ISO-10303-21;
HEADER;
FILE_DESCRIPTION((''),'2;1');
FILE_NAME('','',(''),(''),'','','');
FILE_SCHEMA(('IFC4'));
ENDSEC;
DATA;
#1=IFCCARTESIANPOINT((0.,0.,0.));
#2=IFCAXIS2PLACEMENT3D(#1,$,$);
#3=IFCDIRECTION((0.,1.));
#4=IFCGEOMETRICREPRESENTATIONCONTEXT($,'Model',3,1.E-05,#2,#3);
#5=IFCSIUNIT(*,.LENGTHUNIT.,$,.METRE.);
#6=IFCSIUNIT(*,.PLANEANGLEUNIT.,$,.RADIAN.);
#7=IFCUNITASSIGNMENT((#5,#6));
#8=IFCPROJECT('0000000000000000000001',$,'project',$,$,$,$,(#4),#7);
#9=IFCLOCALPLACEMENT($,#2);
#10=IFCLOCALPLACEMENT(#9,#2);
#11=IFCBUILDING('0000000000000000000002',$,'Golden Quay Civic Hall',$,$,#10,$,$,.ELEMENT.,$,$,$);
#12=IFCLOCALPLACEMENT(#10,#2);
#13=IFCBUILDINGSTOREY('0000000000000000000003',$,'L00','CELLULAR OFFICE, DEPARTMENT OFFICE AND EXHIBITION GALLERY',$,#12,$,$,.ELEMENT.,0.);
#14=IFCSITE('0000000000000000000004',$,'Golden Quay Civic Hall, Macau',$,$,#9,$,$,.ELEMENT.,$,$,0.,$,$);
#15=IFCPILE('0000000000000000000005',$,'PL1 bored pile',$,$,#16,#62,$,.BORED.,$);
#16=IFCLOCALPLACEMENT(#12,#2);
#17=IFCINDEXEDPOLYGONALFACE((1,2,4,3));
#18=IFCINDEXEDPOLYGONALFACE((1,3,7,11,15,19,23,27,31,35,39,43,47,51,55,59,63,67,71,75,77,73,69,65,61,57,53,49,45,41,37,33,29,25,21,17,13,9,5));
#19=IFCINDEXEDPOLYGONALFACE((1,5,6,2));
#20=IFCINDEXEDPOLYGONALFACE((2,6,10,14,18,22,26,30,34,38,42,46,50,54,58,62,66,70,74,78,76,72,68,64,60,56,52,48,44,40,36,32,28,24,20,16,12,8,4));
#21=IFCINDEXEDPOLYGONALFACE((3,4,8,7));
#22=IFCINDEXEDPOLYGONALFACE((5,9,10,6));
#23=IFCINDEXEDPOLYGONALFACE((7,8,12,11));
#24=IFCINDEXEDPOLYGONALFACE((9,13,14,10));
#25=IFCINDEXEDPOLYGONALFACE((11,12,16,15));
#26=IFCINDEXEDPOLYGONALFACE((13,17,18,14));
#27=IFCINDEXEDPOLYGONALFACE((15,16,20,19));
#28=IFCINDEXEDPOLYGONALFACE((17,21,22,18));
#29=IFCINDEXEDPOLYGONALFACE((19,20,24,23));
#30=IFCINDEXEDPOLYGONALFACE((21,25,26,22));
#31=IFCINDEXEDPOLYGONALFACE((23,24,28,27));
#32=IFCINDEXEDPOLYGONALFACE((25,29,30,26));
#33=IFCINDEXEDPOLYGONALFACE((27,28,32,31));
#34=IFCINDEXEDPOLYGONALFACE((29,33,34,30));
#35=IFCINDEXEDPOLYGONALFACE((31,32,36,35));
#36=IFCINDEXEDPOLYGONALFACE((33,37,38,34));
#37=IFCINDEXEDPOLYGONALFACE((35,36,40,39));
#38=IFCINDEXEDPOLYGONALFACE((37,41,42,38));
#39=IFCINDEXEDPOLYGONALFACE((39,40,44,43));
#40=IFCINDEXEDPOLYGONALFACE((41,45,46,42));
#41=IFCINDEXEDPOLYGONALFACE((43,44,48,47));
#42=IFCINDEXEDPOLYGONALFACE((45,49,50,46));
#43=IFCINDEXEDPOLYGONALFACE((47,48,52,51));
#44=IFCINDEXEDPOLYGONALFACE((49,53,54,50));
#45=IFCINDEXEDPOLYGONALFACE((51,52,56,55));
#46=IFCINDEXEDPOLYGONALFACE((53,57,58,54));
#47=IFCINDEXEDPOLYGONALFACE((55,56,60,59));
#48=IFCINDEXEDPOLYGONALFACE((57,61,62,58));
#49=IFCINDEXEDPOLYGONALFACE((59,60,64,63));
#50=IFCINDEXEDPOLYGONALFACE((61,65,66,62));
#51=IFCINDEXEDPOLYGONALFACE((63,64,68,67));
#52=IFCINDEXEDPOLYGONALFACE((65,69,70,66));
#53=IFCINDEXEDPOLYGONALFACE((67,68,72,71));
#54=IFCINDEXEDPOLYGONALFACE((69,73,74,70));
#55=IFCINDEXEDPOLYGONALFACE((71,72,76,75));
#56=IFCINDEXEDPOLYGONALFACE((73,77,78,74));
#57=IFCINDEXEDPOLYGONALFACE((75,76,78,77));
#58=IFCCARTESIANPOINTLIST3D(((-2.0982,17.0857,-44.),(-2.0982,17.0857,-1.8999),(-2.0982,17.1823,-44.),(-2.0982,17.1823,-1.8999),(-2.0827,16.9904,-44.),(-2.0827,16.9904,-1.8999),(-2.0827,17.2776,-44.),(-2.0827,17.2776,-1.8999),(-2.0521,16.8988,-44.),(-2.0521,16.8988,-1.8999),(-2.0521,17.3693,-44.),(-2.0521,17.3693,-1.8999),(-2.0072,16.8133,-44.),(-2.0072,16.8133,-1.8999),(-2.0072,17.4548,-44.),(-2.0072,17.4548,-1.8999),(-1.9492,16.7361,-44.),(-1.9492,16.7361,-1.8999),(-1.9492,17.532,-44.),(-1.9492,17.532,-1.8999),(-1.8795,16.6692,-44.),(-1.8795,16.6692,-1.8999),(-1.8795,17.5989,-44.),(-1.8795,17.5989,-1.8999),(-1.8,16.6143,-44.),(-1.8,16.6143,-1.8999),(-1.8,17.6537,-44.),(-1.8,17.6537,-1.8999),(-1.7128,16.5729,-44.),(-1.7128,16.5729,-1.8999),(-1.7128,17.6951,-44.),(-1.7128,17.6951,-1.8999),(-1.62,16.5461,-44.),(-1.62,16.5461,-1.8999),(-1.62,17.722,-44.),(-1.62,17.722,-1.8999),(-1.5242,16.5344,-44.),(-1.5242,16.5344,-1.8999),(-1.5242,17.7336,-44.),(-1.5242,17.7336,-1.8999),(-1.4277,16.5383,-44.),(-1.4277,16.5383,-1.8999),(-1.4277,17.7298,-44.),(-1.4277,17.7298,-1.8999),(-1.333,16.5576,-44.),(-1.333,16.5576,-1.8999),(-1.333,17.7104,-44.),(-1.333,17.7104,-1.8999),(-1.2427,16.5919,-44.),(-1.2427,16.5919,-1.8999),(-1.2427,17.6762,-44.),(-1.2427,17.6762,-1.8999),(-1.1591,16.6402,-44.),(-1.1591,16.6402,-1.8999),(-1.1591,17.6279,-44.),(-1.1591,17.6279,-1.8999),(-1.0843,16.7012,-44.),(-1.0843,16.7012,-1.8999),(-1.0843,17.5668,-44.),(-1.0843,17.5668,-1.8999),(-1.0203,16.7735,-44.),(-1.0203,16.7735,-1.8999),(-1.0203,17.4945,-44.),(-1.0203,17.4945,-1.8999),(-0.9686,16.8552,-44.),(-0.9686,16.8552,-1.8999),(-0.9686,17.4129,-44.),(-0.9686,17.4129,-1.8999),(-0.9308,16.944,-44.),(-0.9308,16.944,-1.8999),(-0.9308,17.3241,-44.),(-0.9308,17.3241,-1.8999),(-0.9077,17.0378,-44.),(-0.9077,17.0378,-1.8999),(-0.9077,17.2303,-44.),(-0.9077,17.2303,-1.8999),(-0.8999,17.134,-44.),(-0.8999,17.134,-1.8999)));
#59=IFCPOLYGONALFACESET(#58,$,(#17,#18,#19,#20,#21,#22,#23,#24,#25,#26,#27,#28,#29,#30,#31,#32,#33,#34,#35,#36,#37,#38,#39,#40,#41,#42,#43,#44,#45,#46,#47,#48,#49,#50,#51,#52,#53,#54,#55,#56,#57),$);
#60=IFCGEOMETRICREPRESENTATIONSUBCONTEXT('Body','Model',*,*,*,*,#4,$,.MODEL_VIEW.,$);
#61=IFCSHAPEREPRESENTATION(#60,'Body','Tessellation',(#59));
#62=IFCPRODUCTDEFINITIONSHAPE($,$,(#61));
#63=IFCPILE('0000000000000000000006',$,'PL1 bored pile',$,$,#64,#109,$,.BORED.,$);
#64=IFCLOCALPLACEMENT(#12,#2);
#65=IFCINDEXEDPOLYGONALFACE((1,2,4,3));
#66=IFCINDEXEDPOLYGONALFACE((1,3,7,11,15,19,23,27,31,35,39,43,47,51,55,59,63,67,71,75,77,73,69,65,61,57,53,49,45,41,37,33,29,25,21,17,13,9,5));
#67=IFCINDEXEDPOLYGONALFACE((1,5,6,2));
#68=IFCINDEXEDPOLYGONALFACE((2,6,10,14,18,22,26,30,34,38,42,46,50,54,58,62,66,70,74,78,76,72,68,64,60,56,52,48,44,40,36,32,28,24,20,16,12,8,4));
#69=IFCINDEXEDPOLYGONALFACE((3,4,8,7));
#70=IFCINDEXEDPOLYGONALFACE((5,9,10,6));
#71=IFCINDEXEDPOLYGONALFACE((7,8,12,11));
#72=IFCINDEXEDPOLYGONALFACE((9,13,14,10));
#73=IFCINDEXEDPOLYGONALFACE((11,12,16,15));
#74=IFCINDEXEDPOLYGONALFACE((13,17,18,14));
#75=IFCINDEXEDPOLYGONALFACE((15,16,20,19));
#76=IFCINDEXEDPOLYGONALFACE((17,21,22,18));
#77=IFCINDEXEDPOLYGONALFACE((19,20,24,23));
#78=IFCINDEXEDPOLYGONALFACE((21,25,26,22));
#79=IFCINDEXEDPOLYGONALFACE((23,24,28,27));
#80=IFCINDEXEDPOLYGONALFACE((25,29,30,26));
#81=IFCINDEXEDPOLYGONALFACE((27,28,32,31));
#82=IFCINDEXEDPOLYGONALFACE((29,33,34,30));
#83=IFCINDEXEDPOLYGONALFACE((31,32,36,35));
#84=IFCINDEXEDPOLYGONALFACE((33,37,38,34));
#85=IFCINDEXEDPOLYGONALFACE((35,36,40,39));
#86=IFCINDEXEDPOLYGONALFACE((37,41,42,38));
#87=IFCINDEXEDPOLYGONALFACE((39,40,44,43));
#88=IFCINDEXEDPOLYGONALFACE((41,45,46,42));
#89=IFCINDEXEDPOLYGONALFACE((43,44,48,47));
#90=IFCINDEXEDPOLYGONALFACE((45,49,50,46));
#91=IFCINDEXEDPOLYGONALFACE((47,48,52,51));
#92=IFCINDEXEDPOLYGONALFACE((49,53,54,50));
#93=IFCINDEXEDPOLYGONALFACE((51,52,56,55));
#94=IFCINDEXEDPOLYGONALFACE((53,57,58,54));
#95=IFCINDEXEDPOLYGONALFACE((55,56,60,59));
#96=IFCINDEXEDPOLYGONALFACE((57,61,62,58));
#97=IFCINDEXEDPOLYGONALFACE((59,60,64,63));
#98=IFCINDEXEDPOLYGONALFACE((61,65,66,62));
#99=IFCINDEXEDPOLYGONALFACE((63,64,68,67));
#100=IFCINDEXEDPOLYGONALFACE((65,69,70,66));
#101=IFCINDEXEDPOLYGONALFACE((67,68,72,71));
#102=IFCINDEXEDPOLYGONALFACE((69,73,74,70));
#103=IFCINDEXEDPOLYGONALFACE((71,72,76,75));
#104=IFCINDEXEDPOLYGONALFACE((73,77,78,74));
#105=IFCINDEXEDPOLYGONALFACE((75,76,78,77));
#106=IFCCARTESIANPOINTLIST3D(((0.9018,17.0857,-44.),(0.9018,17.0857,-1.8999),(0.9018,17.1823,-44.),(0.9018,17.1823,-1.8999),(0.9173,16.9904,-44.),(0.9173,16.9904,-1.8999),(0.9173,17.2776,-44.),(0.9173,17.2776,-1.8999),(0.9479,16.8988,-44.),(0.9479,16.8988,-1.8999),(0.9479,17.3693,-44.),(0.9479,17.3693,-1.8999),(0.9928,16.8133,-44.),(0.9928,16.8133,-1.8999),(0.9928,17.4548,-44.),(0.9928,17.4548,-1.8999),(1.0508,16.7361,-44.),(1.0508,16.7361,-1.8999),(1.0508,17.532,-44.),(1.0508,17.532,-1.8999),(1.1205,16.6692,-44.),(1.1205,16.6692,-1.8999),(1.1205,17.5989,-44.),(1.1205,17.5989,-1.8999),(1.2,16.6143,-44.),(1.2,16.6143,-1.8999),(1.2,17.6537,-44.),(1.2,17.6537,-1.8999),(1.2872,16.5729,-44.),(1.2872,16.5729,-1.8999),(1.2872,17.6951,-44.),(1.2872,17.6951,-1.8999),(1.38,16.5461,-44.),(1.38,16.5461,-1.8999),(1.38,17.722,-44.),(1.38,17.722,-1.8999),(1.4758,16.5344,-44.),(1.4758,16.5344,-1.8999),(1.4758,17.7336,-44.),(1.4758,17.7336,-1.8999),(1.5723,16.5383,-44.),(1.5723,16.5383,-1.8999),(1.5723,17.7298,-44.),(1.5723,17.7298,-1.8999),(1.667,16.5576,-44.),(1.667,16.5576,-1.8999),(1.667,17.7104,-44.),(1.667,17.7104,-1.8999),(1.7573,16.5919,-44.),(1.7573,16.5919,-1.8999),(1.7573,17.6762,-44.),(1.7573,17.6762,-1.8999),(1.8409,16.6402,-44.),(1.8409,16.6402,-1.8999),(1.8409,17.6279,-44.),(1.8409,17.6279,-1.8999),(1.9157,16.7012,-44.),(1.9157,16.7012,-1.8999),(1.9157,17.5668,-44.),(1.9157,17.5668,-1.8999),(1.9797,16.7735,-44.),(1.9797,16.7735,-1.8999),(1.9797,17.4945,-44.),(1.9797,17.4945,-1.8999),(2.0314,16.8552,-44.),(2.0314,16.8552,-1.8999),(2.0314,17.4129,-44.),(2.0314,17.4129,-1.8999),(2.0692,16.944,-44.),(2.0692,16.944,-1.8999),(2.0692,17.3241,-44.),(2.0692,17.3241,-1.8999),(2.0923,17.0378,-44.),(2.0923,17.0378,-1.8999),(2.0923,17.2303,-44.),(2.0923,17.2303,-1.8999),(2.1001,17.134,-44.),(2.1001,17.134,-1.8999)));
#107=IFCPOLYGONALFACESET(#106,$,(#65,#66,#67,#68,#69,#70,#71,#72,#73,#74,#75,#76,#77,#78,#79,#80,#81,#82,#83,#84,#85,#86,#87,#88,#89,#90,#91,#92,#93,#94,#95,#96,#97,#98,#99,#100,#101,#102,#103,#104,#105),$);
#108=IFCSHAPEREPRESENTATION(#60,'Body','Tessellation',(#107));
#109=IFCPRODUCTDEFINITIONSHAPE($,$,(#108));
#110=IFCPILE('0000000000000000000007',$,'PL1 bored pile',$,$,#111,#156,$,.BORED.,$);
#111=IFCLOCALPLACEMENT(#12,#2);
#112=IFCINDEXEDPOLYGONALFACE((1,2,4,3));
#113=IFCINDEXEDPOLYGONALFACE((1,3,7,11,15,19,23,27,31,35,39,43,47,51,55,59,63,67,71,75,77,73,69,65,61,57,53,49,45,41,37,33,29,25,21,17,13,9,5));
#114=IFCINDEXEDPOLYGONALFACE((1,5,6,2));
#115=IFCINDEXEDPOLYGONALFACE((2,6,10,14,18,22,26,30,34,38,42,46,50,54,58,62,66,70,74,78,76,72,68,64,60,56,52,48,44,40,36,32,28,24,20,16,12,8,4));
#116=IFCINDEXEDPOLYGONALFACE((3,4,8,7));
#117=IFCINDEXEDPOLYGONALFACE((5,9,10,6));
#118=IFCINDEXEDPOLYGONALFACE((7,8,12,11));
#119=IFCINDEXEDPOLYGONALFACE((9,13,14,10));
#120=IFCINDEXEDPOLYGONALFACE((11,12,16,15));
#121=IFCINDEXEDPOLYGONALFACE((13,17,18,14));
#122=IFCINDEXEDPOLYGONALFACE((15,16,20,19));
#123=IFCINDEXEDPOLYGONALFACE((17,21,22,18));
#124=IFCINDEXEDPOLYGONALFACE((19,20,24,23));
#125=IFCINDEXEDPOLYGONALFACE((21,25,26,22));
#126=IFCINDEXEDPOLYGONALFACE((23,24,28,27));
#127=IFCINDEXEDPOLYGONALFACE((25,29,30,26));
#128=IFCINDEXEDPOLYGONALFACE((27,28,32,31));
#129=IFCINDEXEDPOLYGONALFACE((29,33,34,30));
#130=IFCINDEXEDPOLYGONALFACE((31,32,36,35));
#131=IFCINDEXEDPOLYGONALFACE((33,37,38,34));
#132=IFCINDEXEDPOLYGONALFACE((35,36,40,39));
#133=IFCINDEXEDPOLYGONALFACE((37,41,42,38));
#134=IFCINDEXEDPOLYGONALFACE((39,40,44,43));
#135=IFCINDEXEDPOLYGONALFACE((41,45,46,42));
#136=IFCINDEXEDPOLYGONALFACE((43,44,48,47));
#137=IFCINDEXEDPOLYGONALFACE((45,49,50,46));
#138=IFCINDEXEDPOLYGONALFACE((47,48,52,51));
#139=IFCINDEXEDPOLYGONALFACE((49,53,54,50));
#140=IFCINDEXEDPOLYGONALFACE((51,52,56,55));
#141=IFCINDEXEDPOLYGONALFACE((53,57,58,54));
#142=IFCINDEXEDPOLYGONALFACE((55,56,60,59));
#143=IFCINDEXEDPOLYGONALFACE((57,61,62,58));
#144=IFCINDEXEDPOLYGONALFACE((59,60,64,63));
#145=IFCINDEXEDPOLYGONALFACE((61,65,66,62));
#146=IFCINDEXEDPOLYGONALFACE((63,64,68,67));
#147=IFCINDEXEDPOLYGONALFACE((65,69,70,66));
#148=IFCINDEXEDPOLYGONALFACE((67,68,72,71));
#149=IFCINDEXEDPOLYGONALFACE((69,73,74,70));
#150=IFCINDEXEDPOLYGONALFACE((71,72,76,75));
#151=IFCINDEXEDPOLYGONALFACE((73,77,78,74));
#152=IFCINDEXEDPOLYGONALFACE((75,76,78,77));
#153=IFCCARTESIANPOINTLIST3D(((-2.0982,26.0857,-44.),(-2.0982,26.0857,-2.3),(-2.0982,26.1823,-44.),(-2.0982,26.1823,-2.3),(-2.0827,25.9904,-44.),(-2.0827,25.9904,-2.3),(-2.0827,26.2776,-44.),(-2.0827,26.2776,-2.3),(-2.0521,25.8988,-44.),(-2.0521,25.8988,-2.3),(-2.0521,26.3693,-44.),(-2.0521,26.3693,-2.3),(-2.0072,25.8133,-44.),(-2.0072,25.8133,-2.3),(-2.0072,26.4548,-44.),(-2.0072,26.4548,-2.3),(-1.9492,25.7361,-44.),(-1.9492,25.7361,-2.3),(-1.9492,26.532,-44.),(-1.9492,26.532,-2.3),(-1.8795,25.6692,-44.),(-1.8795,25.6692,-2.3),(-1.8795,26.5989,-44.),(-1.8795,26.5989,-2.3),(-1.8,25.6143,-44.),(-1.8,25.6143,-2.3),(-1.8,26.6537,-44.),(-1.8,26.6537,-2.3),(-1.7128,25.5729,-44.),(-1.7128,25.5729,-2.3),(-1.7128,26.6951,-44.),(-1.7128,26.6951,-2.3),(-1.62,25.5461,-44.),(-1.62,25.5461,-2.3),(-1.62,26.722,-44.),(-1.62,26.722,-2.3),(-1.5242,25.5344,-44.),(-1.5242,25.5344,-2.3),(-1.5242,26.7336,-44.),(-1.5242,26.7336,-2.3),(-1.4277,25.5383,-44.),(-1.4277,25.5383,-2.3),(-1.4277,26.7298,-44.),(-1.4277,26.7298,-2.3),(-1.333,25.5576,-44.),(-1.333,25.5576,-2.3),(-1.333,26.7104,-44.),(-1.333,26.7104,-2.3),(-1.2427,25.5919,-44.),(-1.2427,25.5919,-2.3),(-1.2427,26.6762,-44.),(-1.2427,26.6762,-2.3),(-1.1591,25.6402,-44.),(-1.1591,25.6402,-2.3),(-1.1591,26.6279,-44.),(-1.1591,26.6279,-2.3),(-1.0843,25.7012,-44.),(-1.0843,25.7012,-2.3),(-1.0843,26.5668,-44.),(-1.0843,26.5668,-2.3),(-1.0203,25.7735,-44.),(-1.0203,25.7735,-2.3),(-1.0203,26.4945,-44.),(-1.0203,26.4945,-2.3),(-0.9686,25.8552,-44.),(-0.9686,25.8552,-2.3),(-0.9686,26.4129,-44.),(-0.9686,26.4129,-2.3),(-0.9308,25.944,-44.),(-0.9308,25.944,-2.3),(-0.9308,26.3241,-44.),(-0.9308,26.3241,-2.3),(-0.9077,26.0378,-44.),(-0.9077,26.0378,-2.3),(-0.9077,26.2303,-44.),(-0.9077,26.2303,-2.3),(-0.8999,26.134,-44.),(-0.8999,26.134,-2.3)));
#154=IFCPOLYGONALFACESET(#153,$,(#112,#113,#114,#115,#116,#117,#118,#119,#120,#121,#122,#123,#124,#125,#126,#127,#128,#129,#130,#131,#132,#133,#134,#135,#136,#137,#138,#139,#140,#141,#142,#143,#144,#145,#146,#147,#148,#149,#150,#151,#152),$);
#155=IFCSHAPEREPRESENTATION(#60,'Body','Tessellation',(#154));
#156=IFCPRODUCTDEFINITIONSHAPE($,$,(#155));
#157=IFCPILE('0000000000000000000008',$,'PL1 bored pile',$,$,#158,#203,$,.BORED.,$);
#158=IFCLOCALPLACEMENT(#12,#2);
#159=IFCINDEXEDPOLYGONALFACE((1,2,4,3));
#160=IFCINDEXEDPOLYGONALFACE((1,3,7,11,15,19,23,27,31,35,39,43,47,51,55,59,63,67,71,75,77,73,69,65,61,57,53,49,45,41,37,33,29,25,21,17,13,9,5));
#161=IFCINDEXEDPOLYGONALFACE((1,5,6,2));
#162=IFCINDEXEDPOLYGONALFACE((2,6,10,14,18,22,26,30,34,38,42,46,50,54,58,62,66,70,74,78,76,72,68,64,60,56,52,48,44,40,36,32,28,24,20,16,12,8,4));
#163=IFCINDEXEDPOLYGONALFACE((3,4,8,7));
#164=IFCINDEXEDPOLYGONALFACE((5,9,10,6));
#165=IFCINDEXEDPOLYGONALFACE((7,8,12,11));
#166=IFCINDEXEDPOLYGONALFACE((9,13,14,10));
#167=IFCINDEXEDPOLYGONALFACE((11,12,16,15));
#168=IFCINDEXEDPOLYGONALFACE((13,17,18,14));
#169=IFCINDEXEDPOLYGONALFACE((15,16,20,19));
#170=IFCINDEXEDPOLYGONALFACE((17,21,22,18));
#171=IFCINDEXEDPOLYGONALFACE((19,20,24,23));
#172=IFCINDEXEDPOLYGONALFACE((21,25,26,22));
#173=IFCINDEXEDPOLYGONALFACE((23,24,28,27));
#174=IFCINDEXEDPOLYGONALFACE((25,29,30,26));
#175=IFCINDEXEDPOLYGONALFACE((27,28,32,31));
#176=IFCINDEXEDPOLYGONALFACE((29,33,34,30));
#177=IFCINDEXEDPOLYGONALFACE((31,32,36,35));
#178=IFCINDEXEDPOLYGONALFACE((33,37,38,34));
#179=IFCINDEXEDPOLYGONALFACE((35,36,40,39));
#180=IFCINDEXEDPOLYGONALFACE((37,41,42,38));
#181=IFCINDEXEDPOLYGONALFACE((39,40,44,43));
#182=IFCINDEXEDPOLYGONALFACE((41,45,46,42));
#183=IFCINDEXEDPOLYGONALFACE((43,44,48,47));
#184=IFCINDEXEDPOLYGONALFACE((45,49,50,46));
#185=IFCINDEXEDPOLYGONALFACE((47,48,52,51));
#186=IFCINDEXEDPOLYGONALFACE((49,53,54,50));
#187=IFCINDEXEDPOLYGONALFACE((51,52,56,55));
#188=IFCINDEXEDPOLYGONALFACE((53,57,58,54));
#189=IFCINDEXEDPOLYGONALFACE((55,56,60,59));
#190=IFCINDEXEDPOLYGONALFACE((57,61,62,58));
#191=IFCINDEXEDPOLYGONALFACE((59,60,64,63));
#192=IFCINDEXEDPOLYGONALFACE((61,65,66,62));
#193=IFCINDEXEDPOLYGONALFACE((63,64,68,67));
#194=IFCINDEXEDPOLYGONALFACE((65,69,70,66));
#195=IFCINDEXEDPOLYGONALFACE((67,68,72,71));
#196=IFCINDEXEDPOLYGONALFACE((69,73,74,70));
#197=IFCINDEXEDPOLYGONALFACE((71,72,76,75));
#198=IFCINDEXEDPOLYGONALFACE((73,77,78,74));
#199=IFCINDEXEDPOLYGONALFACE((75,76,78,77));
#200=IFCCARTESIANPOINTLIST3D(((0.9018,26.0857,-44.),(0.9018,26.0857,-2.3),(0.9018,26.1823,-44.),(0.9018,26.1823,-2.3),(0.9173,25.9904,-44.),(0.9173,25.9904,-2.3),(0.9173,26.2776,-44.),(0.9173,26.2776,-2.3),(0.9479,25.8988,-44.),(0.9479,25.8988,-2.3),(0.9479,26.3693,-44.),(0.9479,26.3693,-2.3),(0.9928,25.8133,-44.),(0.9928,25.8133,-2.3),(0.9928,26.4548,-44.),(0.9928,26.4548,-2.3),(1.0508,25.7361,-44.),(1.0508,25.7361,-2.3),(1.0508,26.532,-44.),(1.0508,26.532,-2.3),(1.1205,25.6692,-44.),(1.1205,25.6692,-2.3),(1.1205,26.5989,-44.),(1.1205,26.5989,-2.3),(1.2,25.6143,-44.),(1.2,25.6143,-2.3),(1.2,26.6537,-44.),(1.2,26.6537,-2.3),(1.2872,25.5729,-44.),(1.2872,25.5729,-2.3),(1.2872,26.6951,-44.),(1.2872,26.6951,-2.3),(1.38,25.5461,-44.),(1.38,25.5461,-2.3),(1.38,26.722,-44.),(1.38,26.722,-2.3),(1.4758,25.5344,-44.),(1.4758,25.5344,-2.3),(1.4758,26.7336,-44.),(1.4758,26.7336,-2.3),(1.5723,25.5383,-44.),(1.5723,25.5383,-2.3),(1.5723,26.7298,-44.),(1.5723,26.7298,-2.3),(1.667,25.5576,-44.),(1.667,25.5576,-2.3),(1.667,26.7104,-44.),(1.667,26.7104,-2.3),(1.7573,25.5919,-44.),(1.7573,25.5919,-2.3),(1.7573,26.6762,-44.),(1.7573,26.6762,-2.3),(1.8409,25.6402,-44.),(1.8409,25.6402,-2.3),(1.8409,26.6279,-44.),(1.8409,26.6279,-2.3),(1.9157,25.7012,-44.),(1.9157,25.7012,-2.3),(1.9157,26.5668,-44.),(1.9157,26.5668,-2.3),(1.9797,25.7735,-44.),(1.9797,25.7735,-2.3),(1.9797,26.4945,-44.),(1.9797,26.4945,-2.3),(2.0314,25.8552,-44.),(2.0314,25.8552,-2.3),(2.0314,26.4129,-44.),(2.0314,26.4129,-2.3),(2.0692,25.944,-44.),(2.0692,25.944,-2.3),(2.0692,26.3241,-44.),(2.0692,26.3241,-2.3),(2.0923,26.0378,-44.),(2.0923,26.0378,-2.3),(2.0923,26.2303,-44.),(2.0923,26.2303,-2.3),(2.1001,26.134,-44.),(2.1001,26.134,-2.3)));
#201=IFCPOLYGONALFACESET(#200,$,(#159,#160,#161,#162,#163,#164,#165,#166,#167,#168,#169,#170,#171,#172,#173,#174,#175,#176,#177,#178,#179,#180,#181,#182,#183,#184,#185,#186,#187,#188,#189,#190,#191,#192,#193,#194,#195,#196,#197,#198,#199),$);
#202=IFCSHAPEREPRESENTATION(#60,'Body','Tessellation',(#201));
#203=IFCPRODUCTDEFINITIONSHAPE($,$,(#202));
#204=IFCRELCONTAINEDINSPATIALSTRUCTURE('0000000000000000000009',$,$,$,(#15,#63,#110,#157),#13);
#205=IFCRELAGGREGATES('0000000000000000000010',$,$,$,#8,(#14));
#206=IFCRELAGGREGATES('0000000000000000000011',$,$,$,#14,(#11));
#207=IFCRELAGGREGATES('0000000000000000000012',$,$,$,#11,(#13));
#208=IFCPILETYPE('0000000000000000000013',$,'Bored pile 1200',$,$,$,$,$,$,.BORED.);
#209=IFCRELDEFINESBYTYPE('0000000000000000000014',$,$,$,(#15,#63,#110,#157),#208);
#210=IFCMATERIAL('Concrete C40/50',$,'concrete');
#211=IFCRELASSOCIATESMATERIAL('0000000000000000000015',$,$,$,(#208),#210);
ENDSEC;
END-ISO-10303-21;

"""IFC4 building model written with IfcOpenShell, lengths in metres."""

from ifc_helpers import new_model, si_unit, direction, frame, origin, origin_2d, place, context, subcontext, project, spatial, circle, extrude, material, material_profile, profile_set, type_object, element, save


model = new_model("IFC4")

# Units and contexts
model_context = context("Model", 3, precision=1e-05, world=origin(), true_north=direction((0.0, 1.0)))
body_context = subcontext(model_context, "Body", "Model", "MODEL_VIEW")
ifc_project = project(units=[si_unit("LENGTHUNIT", "METRE"), si_unit("PLANEANGLEUNIT", "RADIAN")], contexts=[model_context])

# Site, building, storey
site_placement = place(None, origin())
site = spatial("IfcSite", under=ifc_project, at=site_placement, Name="Golden Quay Civic Hall, Macau", CompositionType="ELEMENT", RefElevation=0.0)
building_placement = place(site_placement, origin())
building = spatial("IfcBuilding", under=site, at=building_placement, Name="Golden Quay Civic Hall", CompositionType="ELEMENT")
storey_placement = place(building_placement, origin())
storey = spatial("IfcBuildingStorey", under=building, at=storey_placement, Name="L00", Description="CELLULAR OFFICE, DEPARTMENT OFFICE AND EXHIBITION GALLERY", CompositionType="ELEMENT", Elevation=0.0)

# Piles
ifc_material_1 = material(Name="Concrete C40/50", Category="concrete")
ifc_material_profile_1 = material_profile(ifc_material_1, circle(Radius=0.6001, at=origin_2d()), Name="RC D1200")
ifc_profile_set_1 = profile_set([ifc_material_profile_1], Name="Concrete C40/50")
pile_type_1 = type_object("IfcPileType", Name="Bored pile 1200", PredefinedType="BORED", material=ifc_profile_set_1)
for number, where, z_axis, x_axis, name in (
    (1, (-1.5, 17.134, -1.8999), (0.0, 0.0, -1.0), (1.0, 0.0, 0.0), "PL1 bored pile"),
    (2, (1.5, 17.134, -1.8999), (0.0, 0.0, -1.0), (1.0, 0.0, 0.0), "PL1 bored pile"),
):
    element("IfcPile", number, at=place(storey_placement, frame(where, z_axis=z_axis, x_axis=x_axis)), inside=storey, type_object=pile_type_1, Name=name, PredefinedType="BORED", context=body_context, shape_type="SweptSolid", body=[
        extrude(circle(Radius=0.6001, at=origin_2d()), origin(), (0.0, 0.0, 1.0), 42.1001),
    ])
for number, where, z_axis, x_axis, name in (
    (3, (-1.5, 26.134, -2.3), (0.0, 0.0, -1.0), (1.0, 0.0, 0.0), "PL1 bored pile"),
    (4, (1.5, 26.134, -2.3), (0.0, 0.0, -1.0), (1.0, 0.0, 0.0), "PL1 bored pile"),
):
    element("IfcPile", number, at=place(storey_placement, frame(where, z_axis=z_axis, x_axis=x_axis)), inside=storey, type_object=pile_type_1, Name=name, PredefinedType="BORED", context=body_context, shape_type="SweptSolid", body=[
        extrude(circle(Radius=0.6001, at=origin_2d()), origin(), (0.0, 0.0, 1.0), 41.7),
    ])

save(model, "model.ifc")
